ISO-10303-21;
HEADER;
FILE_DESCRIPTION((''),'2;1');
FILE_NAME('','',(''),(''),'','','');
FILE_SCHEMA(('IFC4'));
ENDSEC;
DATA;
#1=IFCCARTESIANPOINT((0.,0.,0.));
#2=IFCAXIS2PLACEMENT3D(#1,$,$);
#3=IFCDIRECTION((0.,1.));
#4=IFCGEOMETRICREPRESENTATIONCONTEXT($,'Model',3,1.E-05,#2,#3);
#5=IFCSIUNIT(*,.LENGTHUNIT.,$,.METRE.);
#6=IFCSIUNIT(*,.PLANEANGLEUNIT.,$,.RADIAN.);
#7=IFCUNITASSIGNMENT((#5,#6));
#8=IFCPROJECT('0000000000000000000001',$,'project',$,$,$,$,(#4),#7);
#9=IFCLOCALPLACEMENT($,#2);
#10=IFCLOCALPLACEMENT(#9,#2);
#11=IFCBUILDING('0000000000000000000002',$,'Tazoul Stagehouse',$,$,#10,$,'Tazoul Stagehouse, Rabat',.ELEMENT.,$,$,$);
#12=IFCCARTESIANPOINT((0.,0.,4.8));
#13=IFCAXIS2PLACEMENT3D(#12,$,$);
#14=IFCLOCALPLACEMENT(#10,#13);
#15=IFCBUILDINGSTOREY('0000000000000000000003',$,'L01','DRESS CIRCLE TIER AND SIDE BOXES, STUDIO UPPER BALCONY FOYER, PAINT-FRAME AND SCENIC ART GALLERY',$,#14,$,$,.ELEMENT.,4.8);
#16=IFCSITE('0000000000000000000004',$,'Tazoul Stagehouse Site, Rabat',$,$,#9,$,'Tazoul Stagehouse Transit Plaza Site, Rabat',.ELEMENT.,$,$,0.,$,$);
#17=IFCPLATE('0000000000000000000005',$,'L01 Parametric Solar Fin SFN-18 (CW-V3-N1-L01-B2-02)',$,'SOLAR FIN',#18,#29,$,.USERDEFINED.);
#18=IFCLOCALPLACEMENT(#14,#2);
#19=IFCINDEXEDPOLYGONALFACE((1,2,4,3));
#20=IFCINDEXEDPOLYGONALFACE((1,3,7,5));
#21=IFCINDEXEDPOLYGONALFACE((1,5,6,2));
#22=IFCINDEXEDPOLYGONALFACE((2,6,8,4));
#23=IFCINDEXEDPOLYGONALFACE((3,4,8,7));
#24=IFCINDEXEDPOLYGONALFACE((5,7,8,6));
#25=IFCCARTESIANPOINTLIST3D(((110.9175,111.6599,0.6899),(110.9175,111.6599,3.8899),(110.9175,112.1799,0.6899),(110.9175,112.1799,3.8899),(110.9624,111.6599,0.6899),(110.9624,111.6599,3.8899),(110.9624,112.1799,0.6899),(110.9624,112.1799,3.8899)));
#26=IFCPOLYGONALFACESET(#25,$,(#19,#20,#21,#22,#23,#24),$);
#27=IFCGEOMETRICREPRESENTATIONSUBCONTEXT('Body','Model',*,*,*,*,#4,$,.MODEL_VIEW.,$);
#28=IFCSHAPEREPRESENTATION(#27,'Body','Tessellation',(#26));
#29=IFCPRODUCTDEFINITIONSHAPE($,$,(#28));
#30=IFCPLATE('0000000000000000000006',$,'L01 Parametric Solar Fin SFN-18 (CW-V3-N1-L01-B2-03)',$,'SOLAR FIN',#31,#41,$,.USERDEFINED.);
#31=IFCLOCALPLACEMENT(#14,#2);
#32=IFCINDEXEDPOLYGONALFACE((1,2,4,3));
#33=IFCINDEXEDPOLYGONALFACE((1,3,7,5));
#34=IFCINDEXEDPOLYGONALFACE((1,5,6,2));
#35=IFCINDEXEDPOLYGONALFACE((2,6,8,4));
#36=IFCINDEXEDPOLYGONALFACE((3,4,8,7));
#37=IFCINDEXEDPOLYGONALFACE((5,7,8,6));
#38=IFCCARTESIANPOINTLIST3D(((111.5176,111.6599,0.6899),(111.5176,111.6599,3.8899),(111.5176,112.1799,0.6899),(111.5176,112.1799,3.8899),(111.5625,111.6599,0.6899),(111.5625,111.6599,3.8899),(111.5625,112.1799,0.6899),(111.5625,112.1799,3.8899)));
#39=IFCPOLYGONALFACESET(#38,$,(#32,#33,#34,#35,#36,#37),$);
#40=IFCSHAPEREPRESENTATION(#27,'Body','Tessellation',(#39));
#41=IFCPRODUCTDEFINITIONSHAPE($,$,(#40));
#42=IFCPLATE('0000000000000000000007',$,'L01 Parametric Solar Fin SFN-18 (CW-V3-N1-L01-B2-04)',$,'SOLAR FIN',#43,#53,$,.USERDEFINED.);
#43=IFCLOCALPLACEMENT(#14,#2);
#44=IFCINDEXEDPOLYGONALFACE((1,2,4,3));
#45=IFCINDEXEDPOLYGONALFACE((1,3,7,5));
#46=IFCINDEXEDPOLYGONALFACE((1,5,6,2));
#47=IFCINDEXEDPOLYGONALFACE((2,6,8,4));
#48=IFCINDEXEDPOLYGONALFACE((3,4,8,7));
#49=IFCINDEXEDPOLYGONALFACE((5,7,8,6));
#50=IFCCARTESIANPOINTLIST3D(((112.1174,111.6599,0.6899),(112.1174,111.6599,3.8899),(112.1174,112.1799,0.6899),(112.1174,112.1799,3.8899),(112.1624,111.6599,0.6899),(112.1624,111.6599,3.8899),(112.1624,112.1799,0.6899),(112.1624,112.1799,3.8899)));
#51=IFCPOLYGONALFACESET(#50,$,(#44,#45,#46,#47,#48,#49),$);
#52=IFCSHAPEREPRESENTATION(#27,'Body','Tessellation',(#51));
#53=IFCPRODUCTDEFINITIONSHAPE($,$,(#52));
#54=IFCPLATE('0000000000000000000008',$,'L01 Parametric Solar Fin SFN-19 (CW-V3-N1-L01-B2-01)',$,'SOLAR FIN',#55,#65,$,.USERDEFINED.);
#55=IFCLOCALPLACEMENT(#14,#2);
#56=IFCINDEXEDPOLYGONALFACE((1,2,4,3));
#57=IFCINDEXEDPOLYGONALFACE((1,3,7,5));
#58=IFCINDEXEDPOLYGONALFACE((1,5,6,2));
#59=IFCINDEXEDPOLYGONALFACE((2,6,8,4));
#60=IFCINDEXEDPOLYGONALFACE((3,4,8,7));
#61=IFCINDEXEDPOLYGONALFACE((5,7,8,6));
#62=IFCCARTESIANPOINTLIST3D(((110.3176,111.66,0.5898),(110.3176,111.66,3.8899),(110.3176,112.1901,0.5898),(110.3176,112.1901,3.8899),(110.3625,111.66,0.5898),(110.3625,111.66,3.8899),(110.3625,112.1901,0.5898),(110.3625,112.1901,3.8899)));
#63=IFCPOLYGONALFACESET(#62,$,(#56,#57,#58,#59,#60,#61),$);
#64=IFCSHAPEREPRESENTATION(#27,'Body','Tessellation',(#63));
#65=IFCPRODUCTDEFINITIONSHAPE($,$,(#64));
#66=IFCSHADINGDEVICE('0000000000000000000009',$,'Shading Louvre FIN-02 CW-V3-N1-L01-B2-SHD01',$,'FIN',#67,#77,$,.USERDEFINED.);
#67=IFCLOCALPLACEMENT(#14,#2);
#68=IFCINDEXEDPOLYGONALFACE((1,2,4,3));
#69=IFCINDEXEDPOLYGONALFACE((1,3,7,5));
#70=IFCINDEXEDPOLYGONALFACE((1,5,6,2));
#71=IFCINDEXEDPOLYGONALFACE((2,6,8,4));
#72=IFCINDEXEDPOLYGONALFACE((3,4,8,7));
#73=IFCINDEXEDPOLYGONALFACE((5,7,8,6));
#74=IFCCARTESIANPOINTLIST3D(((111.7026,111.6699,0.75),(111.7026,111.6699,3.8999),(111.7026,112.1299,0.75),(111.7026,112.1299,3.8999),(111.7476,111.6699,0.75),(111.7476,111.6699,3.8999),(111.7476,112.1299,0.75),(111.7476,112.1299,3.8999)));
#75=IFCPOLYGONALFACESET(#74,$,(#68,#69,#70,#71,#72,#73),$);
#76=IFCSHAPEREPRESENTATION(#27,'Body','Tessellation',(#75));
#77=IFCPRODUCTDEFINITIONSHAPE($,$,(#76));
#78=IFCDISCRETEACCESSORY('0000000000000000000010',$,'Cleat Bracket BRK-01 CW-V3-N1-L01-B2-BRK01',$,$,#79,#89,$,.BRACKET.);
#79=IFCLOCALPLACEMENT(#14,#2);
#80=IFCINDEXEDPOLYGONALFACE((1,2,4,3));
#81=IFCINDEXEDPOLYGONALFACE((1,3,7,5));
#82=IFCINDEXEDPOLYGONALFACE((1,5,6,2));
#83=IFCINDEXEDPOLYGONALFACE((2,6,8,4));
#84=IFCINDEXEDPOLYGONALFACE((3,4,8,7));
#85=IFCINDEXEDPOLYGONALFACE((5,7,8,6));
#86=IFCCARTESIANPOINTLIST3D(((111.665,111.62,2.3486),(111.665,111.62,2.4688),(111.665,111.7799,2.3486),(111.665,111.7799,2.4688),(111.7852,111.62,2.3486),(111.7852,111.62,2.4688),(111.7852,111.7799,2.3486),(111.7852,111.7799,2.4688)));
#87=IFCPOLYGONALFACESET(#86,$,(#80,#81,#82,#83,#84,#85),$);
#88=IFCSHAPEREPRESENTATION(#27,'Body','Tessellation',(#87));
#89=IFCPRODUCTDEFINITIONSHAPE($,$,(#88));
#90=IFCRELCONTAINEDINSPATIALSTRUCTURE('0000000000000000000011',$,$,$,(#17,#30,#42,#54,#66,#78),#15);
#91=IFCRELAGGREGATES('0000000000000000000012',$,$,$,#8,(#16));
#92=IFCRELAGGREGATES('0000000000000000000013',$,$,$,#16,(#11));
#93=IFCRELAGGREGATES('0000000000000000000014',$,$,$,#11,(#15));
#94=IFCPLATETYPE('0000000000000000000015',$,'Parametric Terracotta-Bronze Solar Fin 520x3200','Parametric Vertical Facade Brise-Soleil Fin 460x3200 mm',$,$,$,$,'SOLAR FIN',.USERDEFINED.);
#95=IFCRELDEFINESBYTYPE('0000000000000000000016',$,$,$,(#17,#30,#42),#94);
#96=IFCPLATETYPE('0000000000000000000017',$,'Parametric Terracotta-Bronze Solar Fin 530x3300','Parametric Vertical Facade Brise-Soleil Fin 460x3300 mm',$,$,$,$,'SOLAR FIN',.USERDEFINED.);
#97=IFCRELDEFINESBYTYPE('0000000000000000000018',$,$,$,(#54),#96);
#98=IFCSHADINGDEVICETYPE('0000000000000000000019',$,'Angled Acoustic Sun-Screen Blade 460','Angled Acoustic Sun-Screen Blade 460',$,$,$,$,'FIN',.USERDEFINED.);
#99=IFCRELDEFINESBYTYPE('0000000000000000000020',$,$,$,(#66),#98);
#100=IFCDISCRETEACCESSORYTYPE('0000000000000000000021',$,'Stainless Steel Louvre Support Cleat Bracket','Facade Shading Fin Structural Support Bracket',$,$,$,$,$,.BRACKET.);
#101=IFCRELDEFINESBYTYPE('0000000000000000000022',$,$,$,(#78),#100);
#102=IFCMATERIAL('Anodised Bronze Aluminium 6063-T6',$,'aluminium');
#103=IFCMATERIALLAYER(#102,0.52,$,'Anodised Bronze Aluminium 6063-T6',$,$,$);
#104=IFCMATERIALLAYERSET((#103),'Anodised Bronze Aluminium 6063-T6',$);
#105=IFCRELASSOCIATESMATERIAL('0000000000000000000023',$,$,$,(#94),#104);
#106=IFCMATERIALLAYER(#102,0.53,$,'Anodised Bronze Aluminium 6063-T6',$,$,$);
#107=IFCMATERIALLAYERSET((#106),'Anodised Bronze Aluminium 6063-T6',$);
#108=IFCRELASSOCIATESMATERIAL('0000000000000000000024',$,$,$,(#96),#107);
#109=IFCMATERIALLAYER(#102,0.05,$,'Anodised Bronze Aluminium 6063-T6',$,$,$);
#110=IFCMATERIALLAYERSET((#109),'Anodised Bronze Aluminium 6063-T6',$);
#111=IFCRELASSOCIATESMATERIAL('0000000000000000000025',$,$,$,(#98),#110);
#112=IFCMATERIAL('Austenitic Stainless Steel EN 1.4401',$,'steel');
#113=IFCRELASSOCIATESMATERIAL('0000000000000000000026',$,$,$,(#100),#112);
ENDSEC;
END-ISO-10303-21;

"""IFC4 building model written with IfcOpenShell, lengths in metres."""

from ifc_helpers import new_model, si_unit, direction, frame, origin, origin_2d, place, context, subcontext, project, spatial, rectangle, extrude, material, layer, layer_set, type_object, element, save


model = new_model("IFC4")

# Units and contexts
model_context = context("Model", 3, precision=1e-05, world=origin(), true_north=direction((0.0, 1.0)))
body_context = subcontext(model_context, "Body", "Model", "MODEL_VIEW")
ifc_project = project(units=[si_unit("LENGTHUNIT", "METRE"), si_unit("PLANEANGLEUNIT", "RADIAN")], contexts=[model_context])

# Shared definitions
ifc_material_1 = material(Name="Anodised Bronze Aluminium 6063-T6", Category="aluminium")
site_placement = place(None, origin())
building_placement = place(site_placement, origin())
storey_placement = place(building_placement, frame((0.0, 0.0, 4.8)))

# Site, building, storey
site = spatial("IfcSite", under=ifc_project, at=site_placement, Name="Tazoul Stagehouse Site, Rabat", LongName="Tazoul Stagehouse Transit Plaza Site, Rabat", CompositionType="ELEMENT", RefElevation=0.0)
building = spatial("IfcBuilding", under=site, at=building_placement, Name="Tazoul Stagehouse", LongName="Tazoul Stagehouse, Rabat", CompositionType="ELEMENT")
storey = spatial("IfcBuildingStorey", under=building, at=storey_placement, Name="L01", Description="DRESS CIRCLE TIER AND SIDE BOXES, STUDIO UPPER BALCONY FOYER, PAINT-FRAME AND SCENIC ART GALLERY", CompositionType="ELEMENT", Elevation=4.8)

# Plates
ifc_layer_1 = layer(ifc_material_1, 0.52, Name="Anodised Bronze Aluminium 6063-T6")
ifc_layer_set_1 = layer_set([ifc_layer_1], Name="Anodised Bronze Aluminium 6063-T6")
plate_type_1 = type_object("IfcPlateType", Name="Parametric Terracotta-Bronze Solar Fin 520x3200", Description="Parametric Vertical Facade Brise-Soleil Fin 460x3200 mm", ElementType="SOLAR FIN", PredefinedType="USERDEFINED", material=ifc_layer_set_1)
for number, where, z_axis, x_axis, name in (
    (1, (110.9399, 111.9199, 0.6899), (0.0, 0.0, 1.0), (1.0, 0.0, 0.0), "L01 Parametric Solar Fin SFN-18 (CW-V3-N1-L01-B2-02)"),
    (2, (111.54, 111.9199, 0.6899), (0.0, 0.0, 1.0), (1.0, 0.0, 0.0), "L01 Parametric Solar Fin SFN-18 (CW-V3-N1-L01-B2-03)"),
    (3, (112.1399, 111.9199, 0.6899), (0.0, 0.0, 1.0), (1.0, 0.0, 0.0), "L01 Parametric Solar Fin SFN-18 (CW-V3-N1-L01-B2-04)"),
):
    element("IfcPlate", number, at=place(storey_placement, frame(where, z_axis=z_axis, x_axis=x_axis)), inside=storey, type_object=plate_type_1, Name=name, ObjectType="SOLAR FIN", PredefinedType="USERDEFINED", context=body_context, shape_type="SweptSolid", body=[
        extrude(rectangle(XDim=0.0449, YDim=0.52, at=origin_2d()), origin(), (0.0, 0.0, 1.0), 3.2),
    ])
ifc_layer_2 = layer(ifc_material_1, 0.53, Name="Anodised Bronze Aluminium 6063-T6")
ifc_layer_set_2 = layer_set([ifc_layer_2], Name="Anodised Bronze Aluminium 6063-T6")
plate_type_2 = type_object("IfcPlateType", Name="Parametric Terracotta-Bronze Solar Fin 530x3300", Description="Parametric Vertical Facade Brise-Soleil Fin 460x3300 mm", ElementType="SOLAR FIN", PredefinedType="USERDEFINED", material=ifc_layer_set_2)
plate_1_placement = place(storey_placement, frame((110.3401, 111.925, 0.5898), z_axis=(0.0, 0.0, 1.0), x_axis=(1.0, 0.0, 0.0)))
element("IfcPlate", 4, at=plate_1_placement, inside=storey, type_object=plate_type_2, Name="L01 Parametric Solar Fin SFN-19 (CW-V3-N1-L01-B2-01)", ObjectType="SOLAR FIN", PredefinedType="USERDEFINED", context=body_context, shape_type="SweptSolid", body=[
    extrude(rectangle(XDim=0.0449, YDim=0.53, at=origin_2d()), origin(), (0.0, 0.0, 1.0), 3.3),
])

# Shading device
ifc_layer_3 = layer(ifc_material_1, 0.05, Name="Anodised Bronze Aluminium 6063-T6")
ifc_layer_set_3 = layer_set([ifc_layer_3], Name="Anodised Bronze Aluminium 6063-T6")
shading_device_type = type_object("IfcShadingDeviceType", Name="Angled Acoustic Sun-Screen Blade 460", Description="Angled Acoustic Sun-Screen Blade 460", ElementType="FIN", PredefinedType="USERDEFINED", material=ifc_layer_set_3)
shading_device_placement = place(storey_placement, frame((111.7251, 111.8999, 0.75), z_axis=(0.0, 0.0, 1.0), x_axis=(1.0, 0.0, 0.0)))
element("IfcShadingDevice", 5, at=shading_device_placement, inside=storey, type_object=shading_device_type, Name="Shading Louvre FIN-02 CW-V3-N1-L01-B2-SHD01", ObjectType="FIN", PredefinedType="USERDEFINED", context=body_context, shape_type="SweptSolid", body=[
    extrude(rectangle(XDim=0.0449, YDim=0.46, at=origin_2d()), origin(), (0.0, 0.0, 1.0), 3.1499),
])

# Discrete accessory
ifc_material_2 = material(Name="Austenitic Stainless Steel EN 1.4401", Category="steel")
discrete_accessory_type = type_object("IfcDiscreteAccessoryType", Name="Stainless Steel Louvre Support Cleat Bracket", Description="Facade Shading Fin Structural Support Bracket", PredefinedType="BRACKET", material=ifc_material_2)
discrete_accessory_placement = place(storey_placement, frame((111.7251, 111.7, 2.3486), z_axis=(0.0, 0.0, 1.0), x_axis=(1.0, 0.0, 0.0)))
element("IfcDiscreteAccessory", 6, at=discrete_accessory_placement, inside=storey, type_object=discrete_accessory_type, Name="Cleat Bracket BRK-01 CW-V3-N1-L01-B2-BRK01", PredefinedType="BRACKET", context=body_context, shape_type="SweptSolid", body=[
    extrude(rectangle(XDim=0.1201, YDim=0.1599, at=origin_2d()), origin(), (0.0, 0.0, 1.0), 0.1201),
])

save(model, "model.ifc")
